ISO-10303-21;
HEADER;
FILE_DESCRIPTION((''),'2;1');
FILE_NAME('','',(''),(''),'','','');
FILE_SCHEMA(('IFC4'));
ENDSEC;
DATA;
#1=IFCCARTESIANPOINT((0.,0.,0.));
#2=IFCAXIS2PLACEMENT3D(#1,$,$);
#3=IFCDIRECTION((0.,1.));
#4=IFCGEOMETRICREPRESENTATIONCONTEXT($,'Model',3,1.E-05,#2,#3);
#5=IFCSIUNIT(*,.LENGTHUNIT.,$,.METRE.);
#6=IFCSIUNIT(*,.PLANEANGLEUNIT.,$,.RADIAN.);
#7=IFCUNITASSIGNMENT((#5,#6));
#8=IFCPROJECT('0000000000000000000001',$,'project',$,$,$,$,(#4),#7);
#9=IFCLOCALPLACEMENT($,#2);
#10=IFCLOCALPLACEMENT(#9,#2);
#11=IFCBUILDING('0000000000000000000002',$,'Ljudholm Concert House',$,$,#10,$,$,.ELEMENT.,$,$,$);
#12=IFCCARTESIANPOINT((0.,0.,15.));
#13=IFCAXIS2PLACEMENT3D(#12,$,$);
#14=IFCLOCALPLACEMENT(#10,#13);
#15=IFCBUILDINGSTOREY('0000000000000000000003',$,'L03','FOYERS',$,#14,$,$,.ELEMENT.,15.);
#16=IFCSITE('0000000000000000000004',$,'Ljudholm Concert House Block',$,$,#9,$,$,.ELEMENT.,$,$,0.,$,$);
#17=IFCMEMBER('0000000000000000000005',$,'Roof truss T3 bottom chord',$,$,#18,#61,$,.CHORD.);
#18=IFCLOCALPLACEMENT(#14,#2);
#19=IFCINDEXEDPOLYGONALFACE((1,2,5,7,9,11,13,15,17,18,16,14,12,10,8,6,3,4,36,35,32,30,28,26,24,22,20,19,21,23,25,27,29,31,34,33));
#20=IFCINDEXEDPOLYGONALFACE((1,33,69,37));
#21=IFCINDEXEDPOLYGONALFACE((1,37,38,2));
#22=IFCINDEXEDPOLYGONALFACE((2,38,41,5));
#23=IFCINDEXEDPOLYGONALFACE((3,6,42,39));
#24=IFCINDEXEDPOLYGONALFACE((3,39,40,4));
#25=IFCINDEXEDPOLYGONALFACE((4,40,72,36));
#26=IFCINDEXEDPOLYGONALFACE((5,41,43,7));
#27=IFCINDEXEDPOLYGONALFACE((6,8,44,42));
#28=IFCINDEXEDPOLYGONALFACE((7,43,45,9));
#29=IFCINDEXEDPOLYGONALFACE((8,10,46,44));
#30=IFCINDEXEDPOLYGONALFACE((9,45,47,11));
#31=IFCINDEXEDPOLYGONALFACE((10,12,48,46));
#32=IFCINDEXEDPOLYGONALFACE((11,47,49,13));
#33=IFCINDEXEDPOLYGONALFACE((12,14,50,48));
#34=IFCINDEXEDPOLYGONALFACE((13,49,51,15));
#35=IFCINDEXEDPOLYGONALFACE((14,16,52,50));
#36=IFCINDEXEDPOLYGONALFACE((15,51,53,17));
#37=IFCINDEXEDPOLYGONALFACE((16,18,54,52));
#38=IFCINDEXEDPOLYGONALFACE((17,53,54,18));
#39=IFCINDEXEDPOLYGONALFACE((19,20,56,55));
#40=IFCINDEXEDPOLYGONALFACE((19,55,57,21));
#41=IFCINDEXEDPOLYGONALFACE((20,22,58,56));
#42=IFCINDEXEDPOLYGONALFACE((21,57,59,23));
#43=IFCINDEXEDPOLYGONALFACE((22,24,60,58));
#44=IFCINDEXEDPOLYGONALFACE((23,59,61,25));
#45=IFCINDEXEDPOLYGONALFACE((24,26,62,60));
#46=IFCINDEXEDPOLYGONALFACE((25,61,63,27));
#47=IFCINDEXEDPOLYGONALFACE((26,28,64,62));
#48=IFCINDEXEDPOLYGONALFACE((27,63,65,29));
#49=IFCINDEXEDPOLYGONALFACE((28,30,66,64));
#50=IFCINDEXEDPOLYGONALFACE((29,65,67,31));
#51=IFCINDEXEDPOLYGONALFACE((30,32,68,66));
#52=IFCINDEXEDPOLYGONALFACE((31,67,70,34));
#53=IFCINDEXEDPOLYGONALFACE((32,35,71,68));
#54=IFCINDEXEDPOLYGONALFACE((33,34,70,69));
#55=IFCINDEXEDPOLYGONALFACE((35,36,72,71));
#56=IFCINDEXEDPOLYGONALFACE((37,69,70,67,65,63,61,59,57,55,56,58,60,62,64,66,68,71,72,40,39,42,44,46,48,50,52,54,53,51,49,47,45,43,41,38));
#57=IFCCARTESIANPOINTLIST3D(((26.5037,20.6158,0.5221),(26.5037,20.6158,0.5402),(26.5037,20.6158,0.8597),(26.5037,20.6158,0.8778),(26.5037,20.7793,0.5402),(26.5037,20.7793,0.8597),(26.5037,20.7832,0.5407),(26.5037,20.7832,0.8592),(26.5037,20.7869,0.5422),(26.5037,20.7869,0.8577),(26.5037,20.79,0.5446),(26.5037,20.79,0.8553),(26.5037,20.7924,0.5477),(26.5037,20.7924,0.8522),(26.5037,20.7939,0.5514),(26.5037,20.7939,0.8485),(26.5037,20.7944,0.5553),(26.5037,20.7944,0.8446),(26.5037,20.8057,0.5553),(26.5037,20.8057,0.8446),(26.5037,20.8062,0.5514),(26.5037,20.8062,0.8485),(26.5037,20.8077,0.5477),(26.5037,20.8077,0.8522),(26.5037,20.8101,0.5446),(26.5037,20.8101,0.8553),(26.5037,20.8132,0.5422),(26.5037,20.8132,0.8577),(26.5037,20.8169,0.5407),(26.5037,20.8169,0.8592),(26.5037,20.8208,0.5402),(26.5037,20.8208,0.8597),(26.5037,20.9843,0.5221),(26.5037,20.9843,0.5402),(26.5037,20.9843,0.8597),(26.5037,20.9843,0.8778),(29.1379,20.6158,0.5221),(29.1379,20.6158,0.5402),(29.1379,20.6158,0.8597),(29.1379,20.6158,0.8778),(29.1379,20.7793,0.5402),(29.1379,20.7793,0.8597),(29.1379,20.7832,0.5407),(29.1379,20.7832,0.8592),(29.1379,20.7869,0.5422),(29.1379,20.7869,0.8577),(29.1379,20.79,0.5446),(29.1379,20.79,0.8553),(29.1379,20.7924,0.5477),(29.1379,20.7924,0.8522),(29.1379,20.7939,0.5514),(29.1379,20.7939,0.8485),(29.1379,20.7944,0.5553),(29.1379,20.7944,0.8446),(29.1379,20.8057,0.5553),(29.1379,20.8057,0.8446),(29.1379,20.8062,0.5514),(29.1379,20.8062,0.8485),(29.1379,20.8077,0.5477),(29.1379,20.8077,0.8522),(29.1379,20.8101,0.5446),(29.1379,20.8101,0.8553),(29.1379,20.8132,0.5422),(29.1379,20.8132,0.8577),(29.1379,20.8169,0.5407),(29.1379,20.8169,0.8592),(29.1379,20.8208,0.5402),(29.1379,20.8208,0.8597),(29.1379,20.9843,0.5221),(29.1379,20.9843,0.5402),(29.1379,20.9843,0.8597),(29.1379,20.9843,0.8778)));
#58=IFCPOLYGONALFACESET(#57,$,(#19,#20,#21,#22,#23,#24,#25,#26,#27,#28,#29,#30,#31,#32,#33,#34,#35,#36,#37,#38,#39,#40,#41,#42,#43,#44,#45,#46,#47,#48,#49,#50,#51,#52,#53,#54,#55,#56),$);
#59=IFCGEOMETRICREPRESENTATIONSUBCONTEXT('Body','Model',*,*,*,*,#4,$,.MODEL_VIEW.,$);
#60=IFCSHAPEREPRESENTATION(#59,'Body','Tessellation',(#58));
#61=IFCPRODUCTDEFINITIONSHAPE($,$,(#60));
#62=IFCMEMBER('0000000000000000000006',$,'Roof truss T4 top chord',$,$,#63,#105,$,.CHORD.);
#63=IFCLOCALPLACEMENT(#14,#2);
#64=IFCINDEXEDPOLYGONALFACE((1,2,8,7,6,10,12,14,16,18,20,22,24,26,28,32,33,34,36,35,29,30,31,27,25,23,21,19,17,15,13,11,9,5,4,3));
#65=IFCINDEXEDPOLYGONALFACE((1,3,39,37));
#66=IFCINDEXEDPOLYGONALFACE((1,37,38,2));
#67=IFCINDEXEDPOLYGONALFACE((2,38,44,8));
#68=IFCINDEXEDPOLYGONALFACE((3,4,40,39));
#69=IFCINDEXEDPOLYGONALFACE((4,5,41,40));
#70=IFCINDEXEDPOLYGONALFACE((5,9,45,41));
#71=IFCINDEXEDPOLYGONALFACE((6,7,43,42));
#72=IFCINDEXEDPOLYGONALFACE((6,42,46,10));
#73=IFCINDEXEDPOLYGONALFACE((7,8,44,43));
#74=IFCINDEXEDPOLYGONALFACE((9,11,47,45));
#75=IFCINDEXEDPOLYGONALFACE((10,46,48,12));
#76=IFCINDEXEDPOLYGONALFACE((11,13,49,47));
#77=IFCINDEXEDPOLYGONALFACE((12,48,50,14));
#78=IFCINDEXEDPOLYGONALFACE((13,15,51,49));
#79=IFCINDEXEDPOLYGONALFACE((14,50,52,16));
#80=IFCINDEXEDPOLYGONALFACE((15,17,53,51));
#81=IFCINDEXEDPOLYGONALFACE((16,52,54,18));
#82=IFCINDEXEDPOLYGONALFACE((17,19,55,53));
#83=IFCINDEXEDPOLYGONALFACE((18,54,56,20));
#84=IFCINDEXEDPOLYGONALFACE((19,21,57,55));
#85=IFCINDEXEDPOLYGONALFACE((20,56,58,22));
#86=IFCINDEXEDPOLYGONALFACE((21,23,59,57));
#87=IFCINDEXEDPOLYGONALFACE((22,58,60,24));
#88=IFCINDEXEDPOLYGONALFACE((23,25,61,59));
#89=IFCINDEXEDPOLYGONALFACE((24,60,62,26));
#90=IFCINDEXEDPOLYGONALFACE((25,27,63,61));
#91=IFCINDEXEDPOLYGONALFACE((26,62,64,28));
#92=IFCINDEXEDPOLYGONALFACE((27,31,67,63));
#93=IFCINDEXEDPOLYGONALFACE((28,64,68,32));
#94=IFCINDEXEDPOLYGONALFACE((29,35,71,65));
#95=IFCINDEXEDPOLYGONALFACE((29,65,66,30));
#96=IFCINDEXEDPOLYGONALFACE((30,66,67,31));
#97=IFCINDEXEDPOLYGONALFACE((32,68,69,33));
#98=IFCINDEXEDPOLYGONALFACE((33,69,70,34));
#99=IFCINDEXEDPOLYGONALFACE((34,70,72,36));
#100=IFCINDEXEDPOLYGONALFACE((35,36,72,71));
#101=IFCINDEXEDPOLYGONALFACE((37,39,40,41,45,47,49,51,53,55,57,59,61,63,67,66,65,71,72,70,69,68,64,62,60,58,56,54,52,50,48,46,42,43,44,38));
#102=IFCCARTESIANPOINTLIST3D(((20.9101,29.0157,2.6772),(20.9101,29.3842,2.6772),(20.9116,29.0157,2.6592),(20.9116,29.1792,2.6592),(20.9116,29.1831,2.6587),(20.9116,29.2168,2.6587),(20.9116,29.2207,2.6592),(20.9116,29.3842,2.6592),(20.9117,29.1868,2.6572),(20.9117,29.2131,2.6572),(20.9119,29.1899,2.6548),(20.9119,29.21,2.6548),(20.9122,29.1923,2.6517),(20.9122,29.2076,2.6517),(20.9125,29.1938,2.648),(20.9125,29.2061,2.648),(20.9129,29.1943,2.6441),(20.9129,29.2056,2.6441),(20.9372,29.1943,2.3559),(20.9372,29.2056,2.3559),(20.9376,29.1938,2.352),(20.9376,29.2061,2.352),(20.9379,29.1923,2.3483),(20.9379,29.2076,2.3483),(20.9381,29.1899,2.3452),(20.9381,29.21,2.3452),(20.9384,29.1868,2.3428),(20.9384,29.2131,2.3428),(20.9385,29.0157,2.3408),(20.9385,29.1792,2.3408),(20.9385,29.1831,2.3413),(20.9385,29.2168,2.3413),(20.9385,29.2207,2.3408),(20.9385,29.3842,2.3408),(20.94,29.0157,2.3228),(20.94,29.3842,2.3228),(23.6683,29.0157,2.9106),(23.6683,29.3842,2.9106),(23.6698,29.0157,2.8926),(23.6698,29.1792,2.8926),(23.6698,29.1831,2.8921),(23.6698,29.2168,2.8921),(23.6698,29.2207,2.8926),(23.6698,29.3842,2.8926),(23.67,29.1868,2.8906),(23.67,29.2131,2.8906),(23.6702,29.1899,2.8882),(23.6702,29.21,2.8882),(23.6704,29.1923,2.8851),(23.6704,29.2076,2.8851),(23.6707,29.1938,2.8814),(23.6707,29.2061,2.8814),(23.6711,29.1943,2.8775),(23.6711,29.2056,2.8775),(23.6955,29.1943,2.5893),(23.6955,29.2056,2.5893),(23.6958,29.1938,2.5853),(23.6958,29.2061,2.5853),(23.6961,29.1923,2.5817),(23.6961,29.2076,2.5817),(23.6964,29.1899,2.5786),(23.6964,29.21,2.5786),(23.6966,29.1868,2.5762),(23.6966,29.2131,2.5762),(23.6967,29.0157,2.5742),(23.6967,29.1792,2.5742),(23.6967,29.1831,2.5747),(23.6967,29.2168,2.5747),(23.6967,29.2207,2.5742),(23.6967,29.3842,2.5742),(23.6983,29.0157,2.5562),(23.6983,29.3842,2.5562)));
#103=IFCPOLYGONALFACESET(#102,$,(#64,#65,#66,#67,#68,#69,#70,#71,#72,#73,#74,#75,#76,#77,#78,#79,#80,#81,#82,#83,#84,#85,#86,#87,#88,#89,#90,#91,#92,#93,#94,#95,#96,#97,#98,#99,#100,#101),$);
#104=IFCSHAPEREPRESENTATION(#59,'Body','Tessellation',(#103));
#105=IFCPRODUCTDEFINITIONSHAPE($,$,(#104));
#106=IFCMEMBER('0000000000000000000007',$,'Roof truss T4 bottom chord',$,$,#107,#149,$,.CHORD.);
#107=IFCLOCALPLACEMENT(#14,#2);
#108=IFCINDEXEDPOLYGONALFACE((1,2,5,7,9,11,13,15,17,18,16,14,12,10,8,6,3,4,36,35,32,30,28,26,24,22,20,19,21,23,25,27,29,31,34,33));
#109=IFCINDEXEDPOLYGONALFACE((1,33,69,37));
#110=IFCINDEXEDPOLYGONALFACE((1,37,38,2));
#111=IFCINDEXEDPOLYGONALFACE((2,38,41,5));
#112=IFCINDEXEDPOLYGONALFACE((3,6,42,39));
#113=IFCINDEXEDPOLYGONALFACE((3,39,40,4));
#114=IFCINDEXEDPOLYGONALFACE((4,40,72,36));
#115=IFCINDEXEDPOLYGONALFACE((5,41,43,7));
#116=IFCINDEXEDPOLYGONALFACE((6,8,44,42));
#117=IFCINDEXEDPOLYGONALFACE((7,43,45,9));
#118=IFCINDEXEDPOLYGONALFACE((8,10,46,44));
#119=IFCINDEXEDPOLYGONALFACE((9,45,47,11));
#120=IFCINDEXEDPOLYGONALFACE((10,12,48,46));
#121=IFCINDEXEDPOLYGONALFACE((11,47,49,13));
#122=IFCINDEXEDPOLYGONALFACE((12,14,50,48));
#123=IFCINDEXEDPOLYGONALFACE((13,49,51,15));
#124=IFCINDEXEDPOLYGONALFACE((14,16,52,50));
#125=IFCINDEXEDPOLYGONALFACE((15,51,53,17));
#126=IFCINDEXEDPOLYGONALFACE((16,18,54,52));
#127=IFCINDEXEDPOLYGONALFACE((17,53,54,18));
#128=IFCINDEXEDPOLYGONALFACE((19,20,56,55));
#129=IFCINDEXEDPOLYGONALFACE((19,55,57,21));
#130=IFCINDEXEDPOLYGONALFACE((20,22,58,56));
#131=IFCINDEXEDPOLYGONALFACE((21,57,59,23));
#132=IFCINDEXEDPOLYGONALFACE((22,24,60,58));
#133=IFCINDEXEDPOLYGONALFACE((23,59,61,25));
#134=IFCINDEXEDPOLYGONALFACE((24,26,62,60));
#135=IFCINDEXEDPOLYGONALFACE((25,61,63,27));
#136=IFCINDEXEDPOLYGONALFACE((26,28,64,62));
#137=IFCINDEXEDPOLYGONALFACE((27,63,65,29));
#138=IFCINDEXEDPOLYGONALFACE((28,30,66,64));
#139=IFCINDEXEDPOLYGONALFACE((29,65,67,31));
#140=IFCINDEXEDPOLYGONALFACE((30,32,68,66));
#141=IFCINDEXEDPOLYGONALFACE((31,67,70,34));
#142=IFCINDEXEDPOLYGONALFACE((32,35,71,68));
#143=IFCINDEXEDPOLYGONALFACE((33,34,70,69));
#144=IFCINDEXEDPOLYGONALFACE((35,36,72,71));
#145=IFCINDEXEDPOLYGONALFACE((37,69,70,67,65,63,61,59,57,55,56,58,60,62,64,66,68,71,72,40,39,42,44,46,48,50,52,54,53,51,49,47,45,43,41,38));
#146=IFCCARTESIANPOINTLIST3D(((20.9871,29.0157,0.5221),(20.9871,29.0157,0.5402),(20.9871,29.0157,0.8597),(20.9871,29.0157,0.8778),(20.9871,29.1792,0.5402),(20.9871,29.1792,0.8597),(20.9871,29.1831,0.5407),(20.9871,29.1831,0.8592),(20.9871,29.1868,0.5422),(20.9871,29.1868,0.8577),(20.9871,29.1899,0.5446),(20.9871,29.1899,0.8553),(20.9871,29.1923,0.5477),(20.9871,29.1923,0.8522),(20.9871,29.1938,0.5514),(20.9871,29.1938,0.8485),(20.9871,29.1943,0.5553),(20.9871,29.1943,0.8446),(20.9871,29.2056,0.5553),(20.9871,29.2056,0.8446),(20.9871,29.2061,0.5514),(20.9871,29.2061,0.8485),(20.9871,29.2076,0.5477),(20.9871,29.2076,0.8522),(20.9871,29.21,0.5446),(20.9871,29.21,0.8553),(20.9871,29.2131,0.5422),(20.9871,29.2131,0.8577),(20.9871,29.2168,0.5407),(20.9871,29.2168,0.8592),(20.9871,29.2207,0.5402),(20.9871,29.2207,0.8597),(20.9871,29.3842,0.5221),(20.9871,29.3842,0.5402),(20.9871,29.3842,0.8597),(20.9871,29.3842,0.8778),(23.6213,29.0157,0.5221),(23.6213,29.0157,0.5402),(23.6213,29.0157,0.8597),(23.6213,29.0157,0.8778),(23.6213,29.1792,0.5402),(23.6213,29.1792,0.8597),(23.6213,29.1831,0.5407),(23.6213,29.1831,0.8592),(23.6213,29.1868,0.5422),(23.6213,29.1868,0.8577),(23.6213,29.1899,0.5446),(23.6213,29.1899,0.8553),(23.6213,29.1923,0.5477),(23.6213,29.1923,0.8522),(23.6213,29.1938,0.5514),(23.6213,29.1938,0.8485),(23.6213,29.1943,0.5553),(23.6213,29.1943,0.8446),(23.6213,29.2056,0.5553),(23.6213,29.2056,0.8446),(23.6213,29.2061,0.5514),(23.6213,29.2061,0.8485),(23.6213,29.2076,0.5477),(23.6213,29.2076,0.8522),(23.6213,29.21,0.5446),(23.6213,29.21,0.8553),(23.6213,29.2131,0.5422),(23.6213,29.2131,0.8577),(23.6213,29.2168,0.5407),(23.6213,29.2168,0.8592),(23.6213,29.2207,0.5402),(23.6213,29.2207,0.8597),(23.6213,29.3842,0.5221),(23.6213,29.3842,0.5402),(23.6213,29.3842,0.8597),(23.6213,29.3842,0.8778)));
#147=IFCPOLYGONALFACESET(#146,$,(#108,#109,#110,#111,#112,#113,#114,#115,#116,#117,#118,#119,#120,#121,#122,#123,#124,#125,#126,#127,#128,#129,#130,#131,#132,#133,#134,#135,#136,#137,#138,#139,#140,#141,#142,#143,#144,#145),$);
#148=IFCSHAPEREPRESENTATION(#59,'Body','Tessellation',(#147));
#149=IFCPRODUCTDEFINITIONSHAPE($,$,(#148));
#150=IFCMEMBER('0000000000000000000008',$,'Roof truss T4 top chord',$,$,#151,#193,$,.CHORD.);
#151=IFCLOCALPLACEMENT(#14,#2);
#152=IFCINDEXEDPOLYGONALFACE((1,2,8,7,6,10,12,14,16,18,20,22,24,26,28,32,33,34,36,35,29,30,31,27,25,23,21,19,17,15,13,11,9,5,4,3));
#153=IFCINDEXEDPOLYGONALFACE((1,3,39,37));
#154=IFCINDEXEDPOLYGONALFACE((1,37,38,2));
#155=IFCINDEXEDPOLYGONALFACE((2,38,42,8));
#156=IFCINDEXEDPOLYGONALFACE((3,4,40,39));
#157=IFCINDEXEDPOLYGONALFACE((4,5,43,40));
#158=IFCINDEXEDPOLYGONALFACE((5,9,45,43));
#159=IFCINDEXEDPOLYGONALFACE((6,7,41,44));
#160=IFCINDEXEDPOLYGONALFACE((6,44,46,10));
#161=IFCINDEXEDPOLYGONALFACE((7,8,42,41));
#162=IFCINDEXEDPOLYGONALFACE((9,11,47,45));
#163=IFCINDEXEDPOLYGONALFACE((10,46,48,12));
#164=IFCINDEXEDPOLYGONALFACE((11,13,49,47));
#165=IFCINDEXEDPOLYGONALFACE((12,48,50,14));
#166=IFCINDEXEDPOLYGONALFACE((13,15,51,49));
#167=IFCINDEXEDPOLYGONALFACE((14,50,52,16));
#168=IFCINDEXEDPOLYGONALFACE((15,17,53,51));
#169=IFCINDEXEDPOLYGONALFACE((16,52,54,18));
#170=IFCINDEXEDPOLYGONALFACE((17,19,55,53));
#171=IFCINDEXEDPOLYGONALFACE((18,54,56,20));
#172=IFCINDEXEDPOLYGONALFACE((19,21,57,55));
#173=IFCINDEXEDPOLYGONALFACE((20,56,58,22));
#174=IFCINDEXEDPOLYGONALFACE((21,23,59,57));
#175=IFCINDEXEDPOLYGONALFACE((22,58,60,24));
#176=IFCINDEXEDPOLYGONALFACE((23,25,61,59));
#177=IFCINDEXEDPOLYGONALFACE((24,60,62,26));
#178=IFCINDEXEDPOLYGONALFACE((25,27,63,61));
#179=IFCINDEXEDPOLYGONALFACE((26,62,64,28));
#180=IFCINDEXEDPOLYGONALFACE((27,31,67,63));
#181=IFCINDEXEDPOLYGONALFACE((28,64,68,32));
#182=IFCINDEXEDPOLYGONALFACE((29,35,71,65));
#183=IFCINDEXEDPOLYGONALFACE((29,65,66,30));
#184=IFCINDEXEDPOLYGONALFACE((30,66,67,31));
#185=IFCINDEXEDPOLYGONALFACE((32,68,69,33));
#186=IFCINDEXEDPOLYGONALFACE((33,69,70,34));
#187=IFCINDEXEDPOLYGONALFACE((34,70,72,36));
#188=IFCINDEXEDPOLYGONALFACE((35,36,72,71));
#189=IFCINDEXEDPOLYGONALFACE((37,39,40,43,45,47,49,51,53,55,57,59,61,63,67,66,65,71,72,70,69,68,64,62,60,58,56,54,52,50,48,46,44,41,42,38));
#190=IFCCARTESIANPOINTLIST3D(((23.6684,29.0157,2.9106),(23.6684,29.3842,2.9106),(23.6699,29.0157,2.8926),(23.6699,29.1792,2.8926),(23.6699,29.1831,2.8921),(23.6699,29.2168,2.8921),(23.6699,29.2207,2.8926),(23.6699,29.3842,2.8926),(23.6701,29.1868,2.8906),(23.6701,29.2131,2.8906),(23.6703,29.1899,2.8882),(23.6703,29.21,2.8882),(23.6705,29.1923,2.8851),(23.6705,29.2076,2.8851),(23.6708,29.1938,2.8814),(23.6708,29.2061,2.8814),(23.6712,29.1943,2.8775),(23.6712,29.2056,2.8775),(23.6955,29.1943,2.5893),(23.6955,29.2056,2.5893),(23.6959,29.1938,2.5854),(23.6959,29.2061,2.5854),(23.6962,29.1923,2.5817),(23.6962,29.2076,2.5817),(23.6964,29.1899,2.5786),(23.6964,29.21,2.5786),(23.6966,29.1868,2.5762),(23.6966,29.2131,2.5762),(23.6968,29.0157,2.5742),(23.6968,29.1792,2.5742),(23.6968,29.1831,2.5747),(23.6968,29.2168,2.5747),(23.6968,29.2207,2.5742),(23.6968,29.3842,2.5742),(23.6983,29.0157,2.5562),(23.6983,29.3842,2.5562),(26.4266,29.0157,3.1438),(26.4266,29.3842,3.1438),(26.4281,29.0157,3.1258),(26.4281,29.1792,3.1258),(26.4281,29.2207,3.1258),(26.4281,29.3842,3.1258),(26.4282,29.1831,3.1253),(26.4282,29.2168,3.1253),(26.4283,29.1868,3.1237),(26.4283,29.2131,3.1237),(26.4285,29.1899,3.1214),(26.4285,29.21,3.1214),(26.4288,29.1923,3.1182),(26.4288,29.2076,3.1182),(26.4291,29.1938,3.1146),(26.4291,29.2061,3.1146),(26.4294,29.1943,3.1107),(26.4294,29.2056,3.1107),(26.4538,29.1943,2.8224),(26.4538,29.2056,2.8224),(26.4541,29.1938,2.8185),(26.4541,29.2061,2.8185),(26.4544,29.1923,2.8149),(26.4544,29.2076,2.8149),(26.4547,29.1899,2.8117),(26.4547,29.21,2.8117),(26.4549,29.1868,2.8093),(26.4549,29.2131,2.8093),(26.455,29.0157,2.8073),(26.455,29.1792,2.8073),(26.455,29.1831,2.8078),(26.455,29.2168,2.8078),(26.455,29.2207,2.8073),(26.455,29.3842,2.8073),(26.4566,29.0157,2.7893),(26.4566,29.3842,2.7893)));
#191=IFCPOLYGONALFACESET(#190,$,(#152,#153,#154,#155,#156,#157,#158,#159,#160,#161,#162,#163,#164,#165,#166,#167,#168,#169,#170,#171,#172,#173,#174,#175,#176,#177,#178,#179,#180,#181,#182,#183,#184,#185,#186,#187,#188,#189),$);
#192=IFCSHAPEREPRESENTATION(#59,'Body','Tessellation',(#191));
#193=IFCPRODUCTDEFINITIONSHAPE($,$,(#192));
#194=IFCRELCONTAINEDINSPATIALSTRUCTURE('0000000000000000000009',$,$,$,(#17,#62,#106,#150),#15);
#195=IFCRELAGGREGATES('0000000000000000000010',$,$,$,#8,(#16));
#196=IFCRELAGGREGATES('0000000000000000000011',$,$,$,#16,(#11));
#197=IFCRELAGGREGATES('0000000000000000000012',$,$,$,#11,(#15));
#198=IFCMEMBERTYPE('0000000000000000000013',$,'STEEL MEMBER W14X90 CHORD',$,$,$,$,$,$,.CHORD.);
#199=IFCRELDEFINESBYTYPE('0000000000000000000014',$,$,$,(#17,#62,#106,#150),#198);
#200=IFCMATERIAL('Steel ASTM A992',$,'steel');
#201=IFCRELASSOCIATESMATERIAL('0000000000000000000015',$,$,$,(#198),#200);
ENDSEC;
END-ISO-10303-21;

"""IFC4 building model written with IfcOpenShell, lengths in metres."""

from ifc_helpers import new_model, si_unit, direction, frame, origin, origin_2d, place, context, subcontext, project, spatial, i_section, extrude, material, material_profile, profile_set, type_object, element, save


model = new_model("IFC4")

# Units and contexts
model_context = context("Model", 3, precision=1e-05, world=origin(), true_north=direction((0.0, 1.0)))
body_context = subcontext(model_context, "Body", "Model", "MODEL_VIEW")
ifc_project = project(units=[si_unit("LENGTHUNIT", "METRE"), si_unit("PLANEANGLEUNIT", "RADIAN")], contexts=[model_context])

# Site, building, storey
site_placement = place(None, origin())
site = spatial("IfcSite", under=ifc_project, at=site_placement, Name="Ljudholm Concert House Block", CompositionType="ELEMENT", RefElevation=0.0)
building_placement = place(site_placement, origin())
building = spatial("IfcBuilding", under=site, at=building_placement, Name="Ljudholm Concert House", CompositionType="ELEMENT")
storey_placement = place(building_placement, frame((0.0, 0.0, 15.0)))
storey = spatial("IfcBuildingStorey", under=building, at=storey_placement, Name="L03", Description="FOYERS", CompositionType="ELEMENT", Elevation=15.0)

# Members
ifc_material_1 = material(Name="Steel ASTM A992", Category="steel")
ifc_material_profile_1 = material_profile(ifc_material_1, i_section(OverallWidth=0.3684, OverallDepth=0.3557, WebThickness=0.0112, FlangeThickness=0.0181, FilletRadius=0.0151, at=origin_2d()), Name="W14X90")
ifc_profile_set_1 = profile_set([ifc_material_profile_1], Name="Steel ASTM A992")
member_type_1 = type_object("IfcMemberType", Name="STEEL MEMBER W14X90 CHORD", PredefinedType="CHORD", material=ifc_profile_set_1)
member_1_placement = place(storey_placement, frame((26.5037, 20.8, 0.7), z_axis=(1.0, 0.0, 0.0), x_axis=(0.0, 1.0, 0.0)))
element("IfcMember", 1, at=member_1_placement, inside=storey, type_object=member_type_1, Name="Roof truss T3 bottom chord", PredefinedType="CHORD", context=body_context, shape_type="SweptSolid", body=[
    extrude(i_section(OverallWidth=0.3684, OverallDepth=0.3557, WebThickness=0.0112, FlangeThickness=0.0181, FilletRadius=0.0151, at=origin_2d()), origin(), (0.0, 0.0, 1.0), 2.6343),
])
member_2_placement = place(storey_placement, frame((20.925, 29.2, 2.5), z_axis=(0.996439, 0.0, 0.084315), x_axis=(0.0, 1.0, 0.0)))
element("IfcMember", 2, at=member_2_placement, inside=storey, type_object=member_type_1, Name="Roof truss T4 top chord", PredefinedType="CHORD", context=body_context, shape_type="SweptSolid", body=[
    extrude(i_section(OverallWidth=0.3684, OverallDepth=0.3557, WebThickness=0.0112, FlangeThickness=0.0181, FilletRadius=0.0151, at=origin_2d()), origin(), (0.0, 0.0, 1.0), 2.7681),
])
member_3_placement = place(storey_placement, frame((20.9871, 29.2, 0.7), z_axis=(1.0, 0.0, 0.0), x_axis=(0.0, 1.0, 0.0)))
element("IfcMember", 3, at=member_3_placement, inside=storey, type_object=member_type_1, Name="Roof truss T4 bottom chord", PredefinedType="CHORD", context=body_context, shape_type="SweptSolid", body=[
    extrude(i_section(OverallWidth=0.3684, OverallDepth=0.3557, WebThickness=0.0112, FlangeThickness=0.0181, FilletRadius=0.0151, at=origin_2d()), origin(), (0.0, 0.0, 1.0), 2.6343),
])
member_4_placement = place(storey_placement, frame((23.6833, 29.2, 2.7334), z_axis=(0.996447, 0.0, 0.084228), x_axis=(0.0, 1.0, 0.0)))
element("IfcMember", 4, at=member_4_placement, inside=storey, type_object=member_type_1, Name="Roof truss T4 top chord", PredefinedType="CHORD", context=body_context, shape_type="SweptSolid", body=[
    extrude(i_section(OverallWidth=0.3684, OverallDepth=0.3557, WebThickness=0.0112, FlangeThickness=0.0181, FilletRadius=0.0151, at=origin_2d()), origin(), (0.0, 0.0, 1.0), 2.7681),
])

save(model, "model.ifc")
